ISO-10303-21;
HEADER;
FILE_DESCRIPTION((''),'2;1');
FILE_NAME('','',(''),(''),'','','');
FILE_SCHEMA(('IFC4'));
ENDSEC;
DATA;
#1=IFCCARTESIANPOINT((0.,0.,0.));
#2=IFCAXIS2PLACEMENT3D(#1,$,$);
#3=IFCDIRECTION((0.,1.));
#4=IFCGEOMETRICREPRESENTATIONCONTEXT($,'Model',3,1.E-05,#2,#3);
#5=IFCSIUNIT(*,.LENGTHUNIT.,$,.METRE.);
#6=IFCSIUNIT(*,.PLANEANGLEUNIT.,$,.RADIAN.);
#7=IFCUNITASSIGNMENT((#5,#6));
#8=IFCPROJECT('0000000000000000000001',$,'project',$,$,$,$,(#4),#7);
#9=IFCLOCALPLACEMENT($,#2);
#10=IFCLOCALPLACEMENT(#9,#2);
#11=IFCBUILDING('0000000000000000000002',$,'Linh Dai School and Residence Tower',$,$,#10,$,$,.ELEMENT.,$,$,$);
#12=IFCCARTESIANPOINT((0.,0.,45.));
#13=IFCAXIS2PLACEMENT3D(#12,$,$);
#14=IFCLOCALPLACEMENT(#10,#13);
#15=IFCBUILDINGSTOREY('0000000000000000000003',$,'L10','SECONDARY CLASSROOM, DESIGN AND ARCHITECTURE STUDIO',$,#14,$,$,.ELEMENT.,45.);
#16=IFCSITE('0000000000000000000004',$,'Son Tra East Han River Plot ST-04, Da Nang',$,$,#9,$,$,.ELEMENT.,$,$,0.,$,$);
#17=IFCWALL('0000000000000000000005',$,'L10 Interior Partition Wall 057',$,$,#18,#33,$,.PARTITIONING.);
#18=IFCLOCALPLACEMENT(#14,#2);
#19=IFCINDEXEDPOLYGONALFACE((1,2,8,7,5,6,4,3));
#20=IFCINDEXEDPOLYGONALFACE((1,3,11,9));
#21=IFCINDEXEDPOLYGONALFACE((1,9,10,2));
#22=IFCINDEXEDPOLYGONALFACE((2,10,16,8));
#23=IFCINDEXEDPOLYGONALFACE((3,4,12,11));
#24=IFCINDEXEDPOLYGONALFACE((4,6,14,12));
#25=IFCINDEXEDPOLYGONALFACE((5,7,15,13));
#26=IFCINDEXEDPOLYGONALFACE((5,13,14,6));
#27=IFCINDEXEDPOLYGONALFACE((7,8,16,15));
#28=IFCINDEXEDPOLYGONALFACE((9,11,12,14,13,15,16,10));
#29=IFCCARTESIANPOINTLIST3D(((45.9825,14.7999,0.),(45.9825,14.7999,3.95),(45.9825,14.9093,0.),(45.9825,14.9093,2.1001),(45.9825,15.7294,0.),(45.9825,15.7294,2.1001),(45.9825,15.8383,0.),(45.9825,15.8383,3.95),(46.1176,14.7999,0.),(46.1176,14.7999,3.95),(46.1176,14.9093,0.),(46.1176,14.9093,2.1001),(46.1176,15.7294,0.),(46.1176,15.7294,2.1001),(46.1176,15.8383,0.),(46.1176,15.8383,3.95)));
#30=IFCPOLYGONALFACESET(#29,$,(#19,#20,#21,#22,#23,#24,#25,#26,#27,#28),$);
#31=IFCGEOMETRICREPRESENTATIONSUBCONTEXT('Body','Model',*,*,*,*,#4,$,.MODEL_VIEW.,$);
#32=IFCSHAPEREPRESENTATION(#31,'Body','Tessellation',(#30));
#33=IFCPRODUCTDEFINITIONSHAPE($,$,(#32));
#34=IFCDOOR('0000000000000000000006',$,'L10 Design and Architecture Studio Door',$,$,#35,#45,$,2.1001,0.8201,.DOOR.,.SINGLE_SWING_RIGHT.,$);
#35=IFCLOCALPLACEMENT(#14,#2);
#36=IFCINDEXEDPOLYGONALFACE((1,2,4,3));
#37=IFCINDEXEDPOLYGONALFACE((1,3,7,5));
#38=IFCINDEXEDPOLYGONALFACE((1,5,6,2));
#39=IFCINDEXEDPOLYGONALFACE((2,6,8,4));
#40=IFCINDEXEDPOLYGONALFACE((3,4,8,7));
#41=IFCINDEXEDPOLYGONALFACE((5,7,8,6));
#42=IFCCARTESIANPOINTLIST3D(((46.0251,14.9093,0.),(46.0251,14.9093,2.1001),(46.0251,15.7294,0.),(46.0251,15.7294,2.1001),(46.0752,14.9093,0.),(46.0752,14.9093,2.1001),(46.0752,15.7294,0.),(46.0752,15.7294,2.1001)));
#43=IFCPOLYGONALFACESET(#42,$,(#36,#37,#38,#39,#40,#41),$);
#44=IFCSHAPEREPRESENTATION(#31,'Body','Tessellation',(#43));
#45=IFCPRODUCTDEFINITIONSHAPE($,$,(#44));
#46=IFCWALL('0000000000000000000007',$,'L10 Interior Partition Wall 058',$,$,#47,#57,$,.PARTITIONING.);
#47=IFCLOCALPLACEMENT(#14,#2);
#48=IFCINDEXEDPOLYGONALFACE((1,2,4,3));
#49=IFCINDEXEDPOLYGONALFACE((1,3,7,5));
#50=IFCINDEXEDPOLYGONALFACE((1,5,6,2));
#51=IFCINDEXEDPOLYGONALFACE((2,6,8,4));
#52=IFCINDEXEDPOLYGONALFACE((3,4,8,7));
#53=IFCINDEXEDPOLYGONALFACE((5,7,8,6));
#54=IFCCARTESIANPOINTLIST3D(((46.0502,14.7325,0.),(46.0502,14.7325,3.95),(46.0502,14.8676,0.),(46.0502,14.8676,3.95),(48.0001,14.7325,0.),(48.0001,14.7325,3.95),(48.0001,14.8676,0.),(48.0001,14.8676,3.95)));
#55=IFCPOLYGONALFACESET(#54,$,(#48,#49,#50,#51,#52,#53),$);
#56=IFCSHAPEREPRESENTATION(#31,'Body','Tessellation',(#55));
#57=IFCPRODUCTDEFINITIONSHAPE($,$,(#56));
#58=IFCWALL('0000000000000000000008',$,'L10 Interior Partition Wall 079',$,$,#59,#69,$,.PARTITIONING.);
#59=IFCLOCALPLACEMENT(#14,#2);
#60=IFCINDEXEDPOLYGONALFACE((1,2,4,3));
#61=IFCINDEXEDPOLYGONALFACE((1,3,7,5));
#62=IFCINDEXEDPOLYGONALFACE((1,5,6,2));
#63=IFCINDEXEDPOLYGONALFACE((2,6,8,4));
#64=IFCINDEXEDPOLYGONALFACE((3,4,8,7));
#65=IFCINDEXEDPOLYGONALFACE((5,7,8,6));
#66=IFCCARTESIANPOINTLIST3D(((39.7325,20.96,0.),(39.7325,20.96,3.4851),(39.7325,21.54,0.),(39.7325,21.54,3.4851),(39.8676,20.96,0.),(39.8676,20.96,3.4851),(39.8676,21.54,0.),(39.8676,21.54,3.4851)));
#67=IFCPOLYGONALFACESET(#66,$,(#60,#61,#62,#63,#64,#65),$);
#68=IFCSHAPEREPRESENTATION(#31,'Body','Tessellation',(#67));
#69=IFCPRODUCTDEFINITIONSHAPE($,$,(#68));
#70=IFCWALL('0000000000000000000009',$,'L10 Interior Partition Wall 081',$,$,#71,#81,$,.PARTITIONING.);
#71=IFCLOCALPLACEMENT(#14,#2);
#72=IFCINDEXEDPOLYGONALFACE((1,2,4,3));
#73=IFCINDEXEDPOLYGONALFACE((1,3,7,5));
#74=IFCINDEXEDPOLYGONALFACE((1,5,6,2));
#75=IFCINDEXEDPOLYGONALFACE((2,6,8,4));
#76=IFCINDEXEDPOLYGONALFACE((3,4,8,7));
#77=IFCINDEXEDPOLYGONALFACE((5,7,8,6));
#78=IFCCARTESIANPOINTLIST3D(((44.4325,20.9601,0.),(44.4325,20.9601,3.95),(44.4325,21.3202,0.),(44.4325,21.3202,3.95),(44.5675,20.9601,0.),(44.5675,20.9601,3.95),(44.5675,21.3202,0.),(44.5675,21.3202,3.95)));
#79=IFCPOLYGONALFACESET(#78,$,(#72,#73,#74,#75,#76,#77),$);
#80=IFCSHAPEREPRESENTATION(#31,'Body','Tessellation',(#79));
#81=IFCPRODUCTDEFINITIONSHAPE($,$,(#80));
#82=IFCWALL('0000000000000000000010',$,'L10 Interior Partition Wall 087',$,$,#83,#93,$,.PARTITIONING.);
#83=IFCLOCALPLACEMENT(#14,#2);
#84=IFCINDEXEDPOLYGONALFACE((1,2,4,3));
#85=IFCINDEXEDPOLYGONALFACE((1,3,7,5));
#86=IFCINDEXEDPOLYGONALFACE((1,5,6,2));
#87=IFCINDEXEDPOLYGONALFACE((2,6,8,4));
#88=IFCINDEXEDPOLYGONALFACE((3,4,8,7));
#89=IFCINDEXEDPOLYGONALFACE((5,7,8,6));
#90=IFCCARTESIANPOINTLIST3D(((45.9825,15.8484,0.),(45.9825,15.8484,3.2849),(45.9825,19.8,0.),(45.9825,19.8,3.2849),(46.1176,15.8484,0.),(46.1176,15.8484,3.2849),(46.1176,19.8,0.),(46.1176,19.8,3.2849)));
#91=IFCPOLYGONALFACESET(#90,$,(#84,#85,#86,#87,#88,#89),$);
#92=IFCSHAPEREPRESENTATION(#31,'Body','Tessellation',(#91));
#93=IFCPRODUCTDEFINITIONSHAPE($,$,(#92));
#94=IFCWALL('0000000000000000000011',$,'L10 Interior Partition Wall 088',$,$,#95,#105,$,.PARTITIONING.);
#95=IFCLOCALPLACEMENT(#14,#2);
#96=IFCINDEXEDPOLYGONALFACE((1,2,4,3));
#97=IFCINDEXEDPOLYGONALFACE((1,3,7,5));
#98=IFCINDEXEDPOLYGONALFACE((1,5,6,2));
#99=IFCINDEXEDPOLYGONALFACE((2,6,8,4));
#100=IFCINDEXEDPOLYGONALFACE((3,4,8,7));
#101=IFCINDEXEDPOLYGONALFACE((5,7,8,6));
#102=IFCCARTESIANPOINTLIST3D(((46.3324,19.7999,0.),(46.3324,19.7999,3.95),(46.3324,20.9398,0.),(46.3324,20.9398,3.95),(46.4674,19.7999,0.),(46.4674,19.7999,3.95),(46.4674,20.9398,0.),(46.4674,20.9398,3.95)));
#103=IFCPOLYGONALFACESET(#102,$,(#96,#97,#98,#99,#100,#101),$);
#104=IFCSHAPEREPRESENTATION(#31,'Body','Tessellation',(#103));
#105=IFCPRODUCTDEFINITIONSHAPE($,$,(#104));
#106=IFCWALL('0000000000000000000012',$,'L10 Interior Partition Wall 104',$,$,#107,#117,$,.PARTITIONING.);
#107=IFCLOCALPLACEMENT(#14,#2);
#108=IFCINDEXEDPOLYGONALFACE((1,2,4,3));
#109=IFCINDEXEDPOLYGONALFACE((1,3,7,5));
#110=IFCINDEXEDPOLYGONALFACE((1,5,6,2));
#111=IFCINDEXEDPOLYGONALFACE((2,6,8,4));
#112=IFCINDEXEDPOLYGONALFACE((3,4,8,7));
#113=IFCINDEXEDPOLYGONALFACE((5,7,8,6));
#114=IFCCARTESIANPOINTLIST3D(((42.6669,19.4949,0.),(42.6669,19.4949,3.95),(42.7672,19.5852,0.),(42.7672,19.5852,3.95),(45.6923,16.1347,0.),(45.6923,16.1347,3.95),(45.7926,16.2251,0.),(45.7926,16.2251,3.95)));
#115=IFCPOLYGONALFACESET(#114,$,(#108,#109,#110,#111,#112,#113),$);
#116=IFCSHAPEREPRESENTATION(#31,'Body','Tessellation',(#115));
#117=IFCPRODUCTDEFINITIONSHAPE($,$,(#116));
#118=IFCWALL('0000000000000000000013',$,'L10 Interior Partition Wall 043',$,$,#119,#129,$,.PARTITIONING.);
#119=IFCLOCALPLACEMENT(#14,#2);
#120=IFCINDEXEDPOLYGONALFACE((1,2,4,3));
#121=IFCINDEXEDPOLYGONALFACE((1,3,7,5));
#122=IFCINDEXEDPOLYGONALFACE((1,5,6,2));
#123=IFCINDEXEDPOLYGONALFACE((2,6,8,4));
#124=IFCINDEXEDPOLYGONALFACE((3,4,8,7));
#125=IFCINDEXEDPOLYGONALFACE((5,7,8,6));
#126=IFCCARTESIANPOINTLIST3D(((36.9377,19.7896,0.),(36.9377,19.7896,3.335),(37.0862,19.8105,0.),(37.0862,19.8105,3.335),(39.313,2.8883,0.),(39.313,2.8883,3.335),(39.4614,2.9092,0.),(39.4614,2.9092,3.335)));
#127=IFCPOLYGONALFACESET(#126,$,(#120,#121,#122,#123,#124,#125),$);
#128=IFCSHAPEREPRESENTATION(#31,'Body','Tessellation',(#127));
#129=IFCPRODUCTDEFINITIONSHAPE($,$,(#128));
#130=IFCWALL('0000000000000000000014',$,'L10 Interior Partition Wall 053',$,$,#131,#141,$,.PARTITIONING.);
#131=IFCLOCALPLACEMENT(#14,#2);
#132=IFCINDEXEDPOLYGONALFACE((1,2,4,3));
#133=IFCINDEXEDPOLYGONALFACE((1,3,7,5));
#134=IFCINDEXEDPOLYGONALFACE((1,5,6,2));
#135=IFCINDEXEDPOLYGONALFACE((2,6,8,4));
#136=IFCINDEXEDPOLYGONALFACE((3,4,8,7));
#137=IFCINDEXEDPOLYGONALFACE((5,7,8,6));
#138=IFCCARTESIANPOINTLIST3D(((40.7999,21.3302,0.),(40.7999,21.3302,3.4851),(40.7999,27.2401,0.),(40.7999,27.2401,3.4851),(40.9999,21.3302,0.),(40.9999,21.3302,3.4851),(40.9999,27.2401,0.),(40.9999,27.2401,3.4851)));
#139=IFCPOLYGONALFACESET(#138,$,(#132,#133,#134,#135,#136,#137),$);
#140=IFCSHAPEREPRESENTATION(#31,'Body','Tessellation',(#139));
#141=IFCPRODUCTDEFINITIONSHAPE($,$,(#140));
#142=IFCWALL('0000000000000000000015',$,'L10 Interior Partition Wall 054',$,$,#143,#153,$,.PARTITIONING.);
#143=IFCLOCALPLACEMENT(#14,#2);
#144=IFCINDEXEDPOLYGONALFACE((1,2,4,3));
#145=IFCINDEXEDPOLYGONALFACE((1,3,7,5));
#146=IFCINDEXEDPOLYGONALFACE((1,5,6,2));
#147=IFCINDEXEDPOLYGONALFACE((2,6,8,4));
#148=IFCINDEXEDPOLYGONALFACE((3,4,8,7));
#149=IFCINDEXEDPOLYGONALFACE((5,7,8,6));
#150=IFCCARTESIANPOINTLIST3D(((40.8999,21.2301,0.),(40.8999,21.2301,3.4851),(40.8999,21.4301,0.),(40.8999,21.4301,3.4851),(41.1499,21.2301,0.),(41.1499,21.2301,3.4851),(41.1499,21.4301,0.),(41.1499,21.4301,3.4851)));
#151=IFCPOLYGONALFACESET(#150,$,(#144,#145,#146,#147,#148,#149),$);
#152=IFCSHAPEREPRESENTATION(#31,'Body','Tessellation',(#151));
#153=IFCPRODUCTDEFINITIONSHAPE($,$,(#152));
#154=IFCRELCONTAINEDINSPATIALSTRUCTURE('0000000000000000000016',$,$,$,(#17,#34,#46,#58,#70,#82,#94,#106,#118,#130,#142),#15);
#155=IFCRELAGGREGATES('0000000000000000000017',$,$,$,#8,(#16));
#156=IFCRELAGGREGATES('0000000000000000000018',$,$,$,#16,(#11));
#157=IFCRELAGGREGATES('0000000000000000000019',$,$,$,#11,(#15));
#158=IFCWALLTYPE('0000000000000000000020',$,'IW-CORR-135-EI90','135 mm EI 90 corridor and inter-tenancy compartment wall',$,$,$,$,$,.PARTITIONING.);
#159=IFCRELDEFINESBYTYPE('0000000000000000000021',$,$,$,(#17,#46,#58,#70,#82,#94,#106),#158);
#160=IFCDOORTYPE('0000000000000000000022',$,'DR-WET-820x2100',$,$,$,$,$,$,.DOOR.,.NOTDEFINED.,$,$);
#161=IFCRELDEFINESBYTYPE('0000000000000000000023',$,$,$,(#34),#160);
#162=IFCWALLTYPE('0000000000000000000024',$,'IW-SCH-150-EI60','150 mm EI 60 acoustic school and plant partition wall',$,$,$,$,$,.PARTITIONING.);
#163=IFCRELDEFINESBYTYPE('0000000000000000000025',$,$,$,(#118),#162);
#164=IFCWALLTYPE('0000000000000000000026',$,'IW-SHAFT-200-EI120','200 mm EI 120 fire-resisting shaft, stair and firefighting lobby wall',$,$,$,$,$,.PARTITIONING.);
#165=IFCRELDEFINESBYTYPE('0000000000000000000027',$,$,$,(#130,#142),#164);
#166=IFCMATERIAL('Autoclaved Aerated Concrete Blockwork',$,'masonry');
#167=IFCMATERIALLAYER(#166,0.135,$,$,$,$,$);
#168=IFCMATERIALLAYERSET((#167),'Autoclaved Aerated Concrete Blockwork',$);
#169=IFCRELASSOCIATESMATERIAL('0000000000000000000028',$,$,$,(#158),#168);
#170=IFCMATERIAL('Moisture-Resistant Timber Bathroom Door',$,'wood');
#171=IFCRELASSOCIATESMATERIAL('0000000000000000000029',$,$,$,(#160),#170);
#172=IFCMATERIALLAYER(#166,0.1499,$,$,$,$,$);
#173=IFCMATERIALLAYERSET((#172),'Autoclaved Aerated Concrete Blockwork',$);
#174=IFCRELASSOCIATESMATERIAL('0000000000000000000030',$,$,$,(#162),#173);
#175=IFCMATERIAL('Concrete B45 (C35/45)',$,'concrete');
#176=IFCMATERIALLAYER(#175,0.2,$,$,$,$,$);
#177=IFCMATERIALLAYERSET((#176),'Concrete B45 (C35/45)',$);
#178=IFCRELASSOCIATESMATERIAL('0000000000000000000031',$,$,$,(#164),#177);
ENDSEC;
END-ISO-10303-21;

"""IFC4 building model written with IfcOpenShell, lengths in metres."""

from ifc_helpers import new_model, si_unit, direction, frame, frame_2d, origin, origin_2d, place, context, subcontext, project, spatial, rectangle, extrude, source, transform, mapped, material, layer, layer_set, type_object, element, fill, save


model = new_model("IFC4")

# Units and contexts
model_context = context("Model", 3, precision=1e-05, world=origin(), true_north=direction((0.0, 1.0)))
body_context = subcontext(model_context, "Body", "Model", "MODEL_VIEW")
ifc_project = project(units=[si_unit("LENGTHUNIT", "METRE"), si_unit("PLANEANGLEUNIT", "RADIAN")], contexts=[model_context])

# Site, building, storey
site_placement = place(None, origin())
site = spatial("IfcSite", under=ifc_project, at=site_placement, Name="Son Tra East Han River Plot ST-04, Da Nang", CompositionType="ELEMENT", RefElevation=0.0)
building_placement = place(site_placement, origin())
building = spatial("IfcBuilding", under=site, at=building_placement, Name="Linh Dai School and Residence Tower", CompositionType="ELEMENT")
storey_placement = place(building_placement, frame((0.0, 0.0, 45.0)))
storey = spatial("IfcBuildingStorey", under=building, at=storey_placement, Name="L10", Description="SECONDARY CLASSROOM, DESIGN AND ARCHITECTURE STUDIO", CompositionType="ELEMENT", Elevation=45.0)

# Shared definitions
ifc_material_1 = material(Name="Autoclaved Aerated Concrete Blockwork", Category="masonry")
ifc_layer_1 = layer(ifc_material_1, 0.135)
ifc_layer_set_1 = layer_set([ifc_layer_1], Name="Autoclaved Aerated Concrete Blockwork")
wall_type_1 = type_object("IfcWallType", Name="IW-CORR-135-EI90", Description="135 mm EI 90 corridor and inter-tenancy compartment wall", PredefinedType="PARTITIONING", material=ifc_layer_set_1)

# Wall, opening, door
wall_1_placement = place(storey_placement, frame((46.05, 14.8, 0.0), z_axis=(0.0, 0.0, 1.0), x_axis=(0.0, 1.0, 0.0)))
wall_1 = element("IfcWall", 1, at=wall_1_placement, inside=storey, type_object=wall_type_1, Name="L10 Interior Partition Wall 057", PredefinedType="PARTITIONING", context=body_context, shape_type="SweptSolid", body=[
    extrude(rectangle(XDim=1.0383, YDim=0.135, at=frame_2d((0.519, 0.0))), origin(), (0.0, 0.0, 1.0), 3.95),
])
opening_1_placement = place(wall_1_placement, frame((0.1091, 0.0, 0.0)))
opening_1 = element("IfcOpeningElement", 2, at=opening_1_placement, cuts=wall_1, PredefinedType="OPENING", context=body_context, shape_type="SweptSolid", body=[
    extrude(rectangle(XDim=0.8201, YDim=2.1001, at=origin_2d()), frame((0.4102, 0.0776, 1.05), z_axis=(0.0, -1.0, 0.0), x_axis=(1.0, 0.0, 0.0)), (0.0, 0.0, 1.0), 0.155),
])
ifc_material_2 = material(Name="Moisture-Resistant Timber Bathroom Door", Category="wood")
door_type_1 = type_object("IfcDoorType", Name="DR-WET-820x2100", OperationType="NOTDEFINED", PredefinedType="DOOR", material=ifc_material_2)
shared_shape_1 = source(origin(), body_context, "Body", "SweptSolid", [
    extrude(rectangle(XDim=0.8201, YDim=2.1001, at=origin_2d()), frame((0.4102, 0.0249, 1.05), z_axis=(0.0, -1.0, 0.0), x_axis=(1.0, 0.0, 0.0)), (0.0, 0.0, 1.0), 0.05),
])
door_1_placement = place(opening_1_placement, origin())
door_1 = element("IfcDoor", 3, at=door_1_placement, inside=storey, type_object=door_type_1, Name="L10 Design and Architecture Studio Door", OperationType="SINGLE_SWING_RIGHT", OverallHeight=2.1001, OverallWidth=0.8201, PredefinedType="DOOR", context=body_context, shape_type="MappedRepresentation", body=[
    mapped(shared_shape_1, transform((0.0, 0.0, 0.0), x_axis=(1.0, 0.0, 0.0), y_axis=(0.0, 1.0, 0.0), z_axis=(0.0, 0.0, 1.0), scale=1.0)),
])
fill(opening_1, door_1)

# Walls
wall_2_placement = place(storey_placement, frame((46.05, 14.8, 0.0), z_axis=(0.0, 0.0, 1.0), x_axis=(1.0, 0.0, 0.0)))
element("IfcWall", 4, at=wall_2_placement, inside=storey, type_object=wall_type_1, Name="L10 Interior Partition Wall 058", PredefinedType="PARTITIONING", context=body_context, shape_type="SweptSolid", body=[
    extrude(rectangle(XDim=1.95, YDim=0.135, at=frame_2d((0.9751, 0.0))), origin(), (0.0, 0.0, 1.0), 3.95),
])
wall_3_placement = place(storey_placement, frame((39.8, 20.96, 0.0), z_axis=(0.0, 0.0, 1.0), x_axis=(0.0, 1.0, 0.0)))
element("IfcWall", 5, at=wall_3_placement, inside=storey, type_object=wall_type_1, Name="L10 Interior Partition Wall 079", PredefinedType="PARTITIONING", context=body_context, shape_type="SweptSolid", body=[
    extrude(rectangle(XDim=0.5801, YDim=0.135, at=frame_2d((0.29, 0.0))), origin(), (0.0, 0.0, 1.0), 3.4851),
])
wall_4_placement = place(storey_placement, frame((44.5, 20.96, 0.0), z_axis=(0.0, 0.0, 1.0), x_axis=(0.0, 1.0, 0.0)))
element("IfcWall", 6, at=wall_4_placement, inside=storey, type_object=wall_type_1, Name="L10 Interior Partition Wall 081", PredefinedType="PARTITIONING", context=body_context, shape_type="SweptSolid", body=[
    extrude(rectangle(XDim=0.3601, YDim=0.135, at=frame_2d((0.1802, 0.0))), origin(), (0.0, 0.0, 1.0), 3.95),
])
wall_5_placement = place(storey_placement, frame((46.05, 15.8484, 0.0), z_axis=(0.0, 0.0, 1.0), x_axis=(0.0, 1.0, 0.0)))
element("IfcWall", 7, at=wall_5_placement, inside=storey, type_object=wall_type_1, Name="L10 Interior Partition Wall 087", PredefinedType="PARTITIONING", context=body_context, shape_type="SweptSolid", body=[
    extrude(rectangle(XDim=3.9517, YDim=0.135, at=frame_2d((1.9758, 0.0))), origin(), (0.0, 0.0, 1.0), 3.2849),
])
wall_6_placement = place(storey_placement, frame((46.3999, 19.8, 0.0), z_axis=(0.0, 0.0, 1.0), x_axis=(0.0, 1.0, 0.0)))
element("IfcWall", 8, at=wall_6_placement, inside=storey, type_object=wall_type_1, Name="L10 Interior Partition Wall 088", PredefinedType="PARTITIONING", context=body_context, shape_type="SweptSolid", body=[
    extrude(rectangle(XDim=1.1399, YDim=0.135, at=frame_2d((0.5698, 0.0))), origin(), (0.0, 0.0, 1.0), 3.95),
])
wall_7_placement = place(storey_placement, frame((42.717, 19.54, 0.0), z_axis=(0.0, 0.0, 1.0), x_axis=(0.669123, -0.743152, 0.0)))
element("IfcWall", 9, at=wall_7_placement, inside=storey, type_object=wall_type_1, Name="L10 Interior Partition Wall 104", PredefinedType="PARTITIONING", context=body_context, shape_type="SweptSolid", body=[
    extrude(rectangle(XDim=4.5215, YDim=0.135, at=frame_2d((2.2607, 0.0))), origin(), (0.0, 0.0, 1.0), 3.95),
])
ifc_layer_2 = layer(ifc_material_1, 0.1499)
ifc_layer_set_2 = layer_set([ifc_layer_2], Name="Autoclaved Aerated Concrete Blockwork")
wall_type_2 = type_object("IfcWallType", Name="IW-SCH-150-EI60", Description="150 mm EI 60 acoustic school and plant partition wall", PredefinedType="PARTITIONING", material=ifc_layer_set_2)
wall_8_placement = place(storey_placement, frame((37.012, 19.8, 0.0), z_axis=(0.0, 0.0, 1.0), x_axis=(0.139168, -0.990269, 0.0)))
element("IfcWall", 10, at=wall_8_placement, inside=storey, type_object=wall_type_2, Name="L10 Interior Partition Wall 043", PredefinedType="PARTITIONING", context=body_context, shape_type="SweptSolid", body=[
    extrude(rectangle(XDim=17.0674, YDim=0.1499, at=frame_2d((8.5337, 0.0))), origin(), (0.0, 0.0, 1.0), 3.335),
])
ifc_material_3 = material(Name="Concrete B45 (C35/45)", Category="concrete")
ifc_layer_3 = layer(ifc_material_3, 0.2)
ifc_layer_set_3 = layer_set([ifc_layer_3], Name="Concrete B45 (C35/45)")
wall_type_3 = type_object("IfcWallType", Name="IW-SHAFT-200-EI120", Description="200 mm EI 120 fire-resisting shaft, stair and firefighting lobby wall", PredefinedType="PARTITIONING", material=ifc_layer_set_3)
wall_9_placement = place(storey_placement, frame((40.8999, 21.3301, 0.0), z_axis=(0.0, 0.0, 1.0), x_axis=(0.0, 1.0, 0.0)))
element("IfcWall", 11, at=wall_9_placement, inside=storey, type_object=wall_type_3, Name="L10 Interior Partition Wall 053", PredefinedType="PARTITIONING", context=body_context, shape_type="SweptSolid", body=[
    extrude(rectangle(XDim=5.9099, YDim=0.2, at=frame_2d((2.9551, 0.0))), origin(), (0.0, 0.0, 1.0), 3.4851),
])
wall_10_placement = place(storey_placement, frame((40.8999, 21.3301, 0.0), z_axis=(0.0, 0.0, 1.0), x_axis=(1.0, 0.0, 0.0)))
element("IfcWall", 12, at=wall_10_placement, inside=storey, type_object=wall_type_3, Name="L10 Interior Partition Wall 054", PredefinedType="PARTITIONING", context=body_context, shape_type="SweptSolid", body=[
    extrude(rectangle(XDim=0.25, YDim=0.2, at=frame_2d((0.125, 0.0))), origin(), (0.0, 0.0, 1.0), 3.4851),
])

save(model, "model.ifc")
